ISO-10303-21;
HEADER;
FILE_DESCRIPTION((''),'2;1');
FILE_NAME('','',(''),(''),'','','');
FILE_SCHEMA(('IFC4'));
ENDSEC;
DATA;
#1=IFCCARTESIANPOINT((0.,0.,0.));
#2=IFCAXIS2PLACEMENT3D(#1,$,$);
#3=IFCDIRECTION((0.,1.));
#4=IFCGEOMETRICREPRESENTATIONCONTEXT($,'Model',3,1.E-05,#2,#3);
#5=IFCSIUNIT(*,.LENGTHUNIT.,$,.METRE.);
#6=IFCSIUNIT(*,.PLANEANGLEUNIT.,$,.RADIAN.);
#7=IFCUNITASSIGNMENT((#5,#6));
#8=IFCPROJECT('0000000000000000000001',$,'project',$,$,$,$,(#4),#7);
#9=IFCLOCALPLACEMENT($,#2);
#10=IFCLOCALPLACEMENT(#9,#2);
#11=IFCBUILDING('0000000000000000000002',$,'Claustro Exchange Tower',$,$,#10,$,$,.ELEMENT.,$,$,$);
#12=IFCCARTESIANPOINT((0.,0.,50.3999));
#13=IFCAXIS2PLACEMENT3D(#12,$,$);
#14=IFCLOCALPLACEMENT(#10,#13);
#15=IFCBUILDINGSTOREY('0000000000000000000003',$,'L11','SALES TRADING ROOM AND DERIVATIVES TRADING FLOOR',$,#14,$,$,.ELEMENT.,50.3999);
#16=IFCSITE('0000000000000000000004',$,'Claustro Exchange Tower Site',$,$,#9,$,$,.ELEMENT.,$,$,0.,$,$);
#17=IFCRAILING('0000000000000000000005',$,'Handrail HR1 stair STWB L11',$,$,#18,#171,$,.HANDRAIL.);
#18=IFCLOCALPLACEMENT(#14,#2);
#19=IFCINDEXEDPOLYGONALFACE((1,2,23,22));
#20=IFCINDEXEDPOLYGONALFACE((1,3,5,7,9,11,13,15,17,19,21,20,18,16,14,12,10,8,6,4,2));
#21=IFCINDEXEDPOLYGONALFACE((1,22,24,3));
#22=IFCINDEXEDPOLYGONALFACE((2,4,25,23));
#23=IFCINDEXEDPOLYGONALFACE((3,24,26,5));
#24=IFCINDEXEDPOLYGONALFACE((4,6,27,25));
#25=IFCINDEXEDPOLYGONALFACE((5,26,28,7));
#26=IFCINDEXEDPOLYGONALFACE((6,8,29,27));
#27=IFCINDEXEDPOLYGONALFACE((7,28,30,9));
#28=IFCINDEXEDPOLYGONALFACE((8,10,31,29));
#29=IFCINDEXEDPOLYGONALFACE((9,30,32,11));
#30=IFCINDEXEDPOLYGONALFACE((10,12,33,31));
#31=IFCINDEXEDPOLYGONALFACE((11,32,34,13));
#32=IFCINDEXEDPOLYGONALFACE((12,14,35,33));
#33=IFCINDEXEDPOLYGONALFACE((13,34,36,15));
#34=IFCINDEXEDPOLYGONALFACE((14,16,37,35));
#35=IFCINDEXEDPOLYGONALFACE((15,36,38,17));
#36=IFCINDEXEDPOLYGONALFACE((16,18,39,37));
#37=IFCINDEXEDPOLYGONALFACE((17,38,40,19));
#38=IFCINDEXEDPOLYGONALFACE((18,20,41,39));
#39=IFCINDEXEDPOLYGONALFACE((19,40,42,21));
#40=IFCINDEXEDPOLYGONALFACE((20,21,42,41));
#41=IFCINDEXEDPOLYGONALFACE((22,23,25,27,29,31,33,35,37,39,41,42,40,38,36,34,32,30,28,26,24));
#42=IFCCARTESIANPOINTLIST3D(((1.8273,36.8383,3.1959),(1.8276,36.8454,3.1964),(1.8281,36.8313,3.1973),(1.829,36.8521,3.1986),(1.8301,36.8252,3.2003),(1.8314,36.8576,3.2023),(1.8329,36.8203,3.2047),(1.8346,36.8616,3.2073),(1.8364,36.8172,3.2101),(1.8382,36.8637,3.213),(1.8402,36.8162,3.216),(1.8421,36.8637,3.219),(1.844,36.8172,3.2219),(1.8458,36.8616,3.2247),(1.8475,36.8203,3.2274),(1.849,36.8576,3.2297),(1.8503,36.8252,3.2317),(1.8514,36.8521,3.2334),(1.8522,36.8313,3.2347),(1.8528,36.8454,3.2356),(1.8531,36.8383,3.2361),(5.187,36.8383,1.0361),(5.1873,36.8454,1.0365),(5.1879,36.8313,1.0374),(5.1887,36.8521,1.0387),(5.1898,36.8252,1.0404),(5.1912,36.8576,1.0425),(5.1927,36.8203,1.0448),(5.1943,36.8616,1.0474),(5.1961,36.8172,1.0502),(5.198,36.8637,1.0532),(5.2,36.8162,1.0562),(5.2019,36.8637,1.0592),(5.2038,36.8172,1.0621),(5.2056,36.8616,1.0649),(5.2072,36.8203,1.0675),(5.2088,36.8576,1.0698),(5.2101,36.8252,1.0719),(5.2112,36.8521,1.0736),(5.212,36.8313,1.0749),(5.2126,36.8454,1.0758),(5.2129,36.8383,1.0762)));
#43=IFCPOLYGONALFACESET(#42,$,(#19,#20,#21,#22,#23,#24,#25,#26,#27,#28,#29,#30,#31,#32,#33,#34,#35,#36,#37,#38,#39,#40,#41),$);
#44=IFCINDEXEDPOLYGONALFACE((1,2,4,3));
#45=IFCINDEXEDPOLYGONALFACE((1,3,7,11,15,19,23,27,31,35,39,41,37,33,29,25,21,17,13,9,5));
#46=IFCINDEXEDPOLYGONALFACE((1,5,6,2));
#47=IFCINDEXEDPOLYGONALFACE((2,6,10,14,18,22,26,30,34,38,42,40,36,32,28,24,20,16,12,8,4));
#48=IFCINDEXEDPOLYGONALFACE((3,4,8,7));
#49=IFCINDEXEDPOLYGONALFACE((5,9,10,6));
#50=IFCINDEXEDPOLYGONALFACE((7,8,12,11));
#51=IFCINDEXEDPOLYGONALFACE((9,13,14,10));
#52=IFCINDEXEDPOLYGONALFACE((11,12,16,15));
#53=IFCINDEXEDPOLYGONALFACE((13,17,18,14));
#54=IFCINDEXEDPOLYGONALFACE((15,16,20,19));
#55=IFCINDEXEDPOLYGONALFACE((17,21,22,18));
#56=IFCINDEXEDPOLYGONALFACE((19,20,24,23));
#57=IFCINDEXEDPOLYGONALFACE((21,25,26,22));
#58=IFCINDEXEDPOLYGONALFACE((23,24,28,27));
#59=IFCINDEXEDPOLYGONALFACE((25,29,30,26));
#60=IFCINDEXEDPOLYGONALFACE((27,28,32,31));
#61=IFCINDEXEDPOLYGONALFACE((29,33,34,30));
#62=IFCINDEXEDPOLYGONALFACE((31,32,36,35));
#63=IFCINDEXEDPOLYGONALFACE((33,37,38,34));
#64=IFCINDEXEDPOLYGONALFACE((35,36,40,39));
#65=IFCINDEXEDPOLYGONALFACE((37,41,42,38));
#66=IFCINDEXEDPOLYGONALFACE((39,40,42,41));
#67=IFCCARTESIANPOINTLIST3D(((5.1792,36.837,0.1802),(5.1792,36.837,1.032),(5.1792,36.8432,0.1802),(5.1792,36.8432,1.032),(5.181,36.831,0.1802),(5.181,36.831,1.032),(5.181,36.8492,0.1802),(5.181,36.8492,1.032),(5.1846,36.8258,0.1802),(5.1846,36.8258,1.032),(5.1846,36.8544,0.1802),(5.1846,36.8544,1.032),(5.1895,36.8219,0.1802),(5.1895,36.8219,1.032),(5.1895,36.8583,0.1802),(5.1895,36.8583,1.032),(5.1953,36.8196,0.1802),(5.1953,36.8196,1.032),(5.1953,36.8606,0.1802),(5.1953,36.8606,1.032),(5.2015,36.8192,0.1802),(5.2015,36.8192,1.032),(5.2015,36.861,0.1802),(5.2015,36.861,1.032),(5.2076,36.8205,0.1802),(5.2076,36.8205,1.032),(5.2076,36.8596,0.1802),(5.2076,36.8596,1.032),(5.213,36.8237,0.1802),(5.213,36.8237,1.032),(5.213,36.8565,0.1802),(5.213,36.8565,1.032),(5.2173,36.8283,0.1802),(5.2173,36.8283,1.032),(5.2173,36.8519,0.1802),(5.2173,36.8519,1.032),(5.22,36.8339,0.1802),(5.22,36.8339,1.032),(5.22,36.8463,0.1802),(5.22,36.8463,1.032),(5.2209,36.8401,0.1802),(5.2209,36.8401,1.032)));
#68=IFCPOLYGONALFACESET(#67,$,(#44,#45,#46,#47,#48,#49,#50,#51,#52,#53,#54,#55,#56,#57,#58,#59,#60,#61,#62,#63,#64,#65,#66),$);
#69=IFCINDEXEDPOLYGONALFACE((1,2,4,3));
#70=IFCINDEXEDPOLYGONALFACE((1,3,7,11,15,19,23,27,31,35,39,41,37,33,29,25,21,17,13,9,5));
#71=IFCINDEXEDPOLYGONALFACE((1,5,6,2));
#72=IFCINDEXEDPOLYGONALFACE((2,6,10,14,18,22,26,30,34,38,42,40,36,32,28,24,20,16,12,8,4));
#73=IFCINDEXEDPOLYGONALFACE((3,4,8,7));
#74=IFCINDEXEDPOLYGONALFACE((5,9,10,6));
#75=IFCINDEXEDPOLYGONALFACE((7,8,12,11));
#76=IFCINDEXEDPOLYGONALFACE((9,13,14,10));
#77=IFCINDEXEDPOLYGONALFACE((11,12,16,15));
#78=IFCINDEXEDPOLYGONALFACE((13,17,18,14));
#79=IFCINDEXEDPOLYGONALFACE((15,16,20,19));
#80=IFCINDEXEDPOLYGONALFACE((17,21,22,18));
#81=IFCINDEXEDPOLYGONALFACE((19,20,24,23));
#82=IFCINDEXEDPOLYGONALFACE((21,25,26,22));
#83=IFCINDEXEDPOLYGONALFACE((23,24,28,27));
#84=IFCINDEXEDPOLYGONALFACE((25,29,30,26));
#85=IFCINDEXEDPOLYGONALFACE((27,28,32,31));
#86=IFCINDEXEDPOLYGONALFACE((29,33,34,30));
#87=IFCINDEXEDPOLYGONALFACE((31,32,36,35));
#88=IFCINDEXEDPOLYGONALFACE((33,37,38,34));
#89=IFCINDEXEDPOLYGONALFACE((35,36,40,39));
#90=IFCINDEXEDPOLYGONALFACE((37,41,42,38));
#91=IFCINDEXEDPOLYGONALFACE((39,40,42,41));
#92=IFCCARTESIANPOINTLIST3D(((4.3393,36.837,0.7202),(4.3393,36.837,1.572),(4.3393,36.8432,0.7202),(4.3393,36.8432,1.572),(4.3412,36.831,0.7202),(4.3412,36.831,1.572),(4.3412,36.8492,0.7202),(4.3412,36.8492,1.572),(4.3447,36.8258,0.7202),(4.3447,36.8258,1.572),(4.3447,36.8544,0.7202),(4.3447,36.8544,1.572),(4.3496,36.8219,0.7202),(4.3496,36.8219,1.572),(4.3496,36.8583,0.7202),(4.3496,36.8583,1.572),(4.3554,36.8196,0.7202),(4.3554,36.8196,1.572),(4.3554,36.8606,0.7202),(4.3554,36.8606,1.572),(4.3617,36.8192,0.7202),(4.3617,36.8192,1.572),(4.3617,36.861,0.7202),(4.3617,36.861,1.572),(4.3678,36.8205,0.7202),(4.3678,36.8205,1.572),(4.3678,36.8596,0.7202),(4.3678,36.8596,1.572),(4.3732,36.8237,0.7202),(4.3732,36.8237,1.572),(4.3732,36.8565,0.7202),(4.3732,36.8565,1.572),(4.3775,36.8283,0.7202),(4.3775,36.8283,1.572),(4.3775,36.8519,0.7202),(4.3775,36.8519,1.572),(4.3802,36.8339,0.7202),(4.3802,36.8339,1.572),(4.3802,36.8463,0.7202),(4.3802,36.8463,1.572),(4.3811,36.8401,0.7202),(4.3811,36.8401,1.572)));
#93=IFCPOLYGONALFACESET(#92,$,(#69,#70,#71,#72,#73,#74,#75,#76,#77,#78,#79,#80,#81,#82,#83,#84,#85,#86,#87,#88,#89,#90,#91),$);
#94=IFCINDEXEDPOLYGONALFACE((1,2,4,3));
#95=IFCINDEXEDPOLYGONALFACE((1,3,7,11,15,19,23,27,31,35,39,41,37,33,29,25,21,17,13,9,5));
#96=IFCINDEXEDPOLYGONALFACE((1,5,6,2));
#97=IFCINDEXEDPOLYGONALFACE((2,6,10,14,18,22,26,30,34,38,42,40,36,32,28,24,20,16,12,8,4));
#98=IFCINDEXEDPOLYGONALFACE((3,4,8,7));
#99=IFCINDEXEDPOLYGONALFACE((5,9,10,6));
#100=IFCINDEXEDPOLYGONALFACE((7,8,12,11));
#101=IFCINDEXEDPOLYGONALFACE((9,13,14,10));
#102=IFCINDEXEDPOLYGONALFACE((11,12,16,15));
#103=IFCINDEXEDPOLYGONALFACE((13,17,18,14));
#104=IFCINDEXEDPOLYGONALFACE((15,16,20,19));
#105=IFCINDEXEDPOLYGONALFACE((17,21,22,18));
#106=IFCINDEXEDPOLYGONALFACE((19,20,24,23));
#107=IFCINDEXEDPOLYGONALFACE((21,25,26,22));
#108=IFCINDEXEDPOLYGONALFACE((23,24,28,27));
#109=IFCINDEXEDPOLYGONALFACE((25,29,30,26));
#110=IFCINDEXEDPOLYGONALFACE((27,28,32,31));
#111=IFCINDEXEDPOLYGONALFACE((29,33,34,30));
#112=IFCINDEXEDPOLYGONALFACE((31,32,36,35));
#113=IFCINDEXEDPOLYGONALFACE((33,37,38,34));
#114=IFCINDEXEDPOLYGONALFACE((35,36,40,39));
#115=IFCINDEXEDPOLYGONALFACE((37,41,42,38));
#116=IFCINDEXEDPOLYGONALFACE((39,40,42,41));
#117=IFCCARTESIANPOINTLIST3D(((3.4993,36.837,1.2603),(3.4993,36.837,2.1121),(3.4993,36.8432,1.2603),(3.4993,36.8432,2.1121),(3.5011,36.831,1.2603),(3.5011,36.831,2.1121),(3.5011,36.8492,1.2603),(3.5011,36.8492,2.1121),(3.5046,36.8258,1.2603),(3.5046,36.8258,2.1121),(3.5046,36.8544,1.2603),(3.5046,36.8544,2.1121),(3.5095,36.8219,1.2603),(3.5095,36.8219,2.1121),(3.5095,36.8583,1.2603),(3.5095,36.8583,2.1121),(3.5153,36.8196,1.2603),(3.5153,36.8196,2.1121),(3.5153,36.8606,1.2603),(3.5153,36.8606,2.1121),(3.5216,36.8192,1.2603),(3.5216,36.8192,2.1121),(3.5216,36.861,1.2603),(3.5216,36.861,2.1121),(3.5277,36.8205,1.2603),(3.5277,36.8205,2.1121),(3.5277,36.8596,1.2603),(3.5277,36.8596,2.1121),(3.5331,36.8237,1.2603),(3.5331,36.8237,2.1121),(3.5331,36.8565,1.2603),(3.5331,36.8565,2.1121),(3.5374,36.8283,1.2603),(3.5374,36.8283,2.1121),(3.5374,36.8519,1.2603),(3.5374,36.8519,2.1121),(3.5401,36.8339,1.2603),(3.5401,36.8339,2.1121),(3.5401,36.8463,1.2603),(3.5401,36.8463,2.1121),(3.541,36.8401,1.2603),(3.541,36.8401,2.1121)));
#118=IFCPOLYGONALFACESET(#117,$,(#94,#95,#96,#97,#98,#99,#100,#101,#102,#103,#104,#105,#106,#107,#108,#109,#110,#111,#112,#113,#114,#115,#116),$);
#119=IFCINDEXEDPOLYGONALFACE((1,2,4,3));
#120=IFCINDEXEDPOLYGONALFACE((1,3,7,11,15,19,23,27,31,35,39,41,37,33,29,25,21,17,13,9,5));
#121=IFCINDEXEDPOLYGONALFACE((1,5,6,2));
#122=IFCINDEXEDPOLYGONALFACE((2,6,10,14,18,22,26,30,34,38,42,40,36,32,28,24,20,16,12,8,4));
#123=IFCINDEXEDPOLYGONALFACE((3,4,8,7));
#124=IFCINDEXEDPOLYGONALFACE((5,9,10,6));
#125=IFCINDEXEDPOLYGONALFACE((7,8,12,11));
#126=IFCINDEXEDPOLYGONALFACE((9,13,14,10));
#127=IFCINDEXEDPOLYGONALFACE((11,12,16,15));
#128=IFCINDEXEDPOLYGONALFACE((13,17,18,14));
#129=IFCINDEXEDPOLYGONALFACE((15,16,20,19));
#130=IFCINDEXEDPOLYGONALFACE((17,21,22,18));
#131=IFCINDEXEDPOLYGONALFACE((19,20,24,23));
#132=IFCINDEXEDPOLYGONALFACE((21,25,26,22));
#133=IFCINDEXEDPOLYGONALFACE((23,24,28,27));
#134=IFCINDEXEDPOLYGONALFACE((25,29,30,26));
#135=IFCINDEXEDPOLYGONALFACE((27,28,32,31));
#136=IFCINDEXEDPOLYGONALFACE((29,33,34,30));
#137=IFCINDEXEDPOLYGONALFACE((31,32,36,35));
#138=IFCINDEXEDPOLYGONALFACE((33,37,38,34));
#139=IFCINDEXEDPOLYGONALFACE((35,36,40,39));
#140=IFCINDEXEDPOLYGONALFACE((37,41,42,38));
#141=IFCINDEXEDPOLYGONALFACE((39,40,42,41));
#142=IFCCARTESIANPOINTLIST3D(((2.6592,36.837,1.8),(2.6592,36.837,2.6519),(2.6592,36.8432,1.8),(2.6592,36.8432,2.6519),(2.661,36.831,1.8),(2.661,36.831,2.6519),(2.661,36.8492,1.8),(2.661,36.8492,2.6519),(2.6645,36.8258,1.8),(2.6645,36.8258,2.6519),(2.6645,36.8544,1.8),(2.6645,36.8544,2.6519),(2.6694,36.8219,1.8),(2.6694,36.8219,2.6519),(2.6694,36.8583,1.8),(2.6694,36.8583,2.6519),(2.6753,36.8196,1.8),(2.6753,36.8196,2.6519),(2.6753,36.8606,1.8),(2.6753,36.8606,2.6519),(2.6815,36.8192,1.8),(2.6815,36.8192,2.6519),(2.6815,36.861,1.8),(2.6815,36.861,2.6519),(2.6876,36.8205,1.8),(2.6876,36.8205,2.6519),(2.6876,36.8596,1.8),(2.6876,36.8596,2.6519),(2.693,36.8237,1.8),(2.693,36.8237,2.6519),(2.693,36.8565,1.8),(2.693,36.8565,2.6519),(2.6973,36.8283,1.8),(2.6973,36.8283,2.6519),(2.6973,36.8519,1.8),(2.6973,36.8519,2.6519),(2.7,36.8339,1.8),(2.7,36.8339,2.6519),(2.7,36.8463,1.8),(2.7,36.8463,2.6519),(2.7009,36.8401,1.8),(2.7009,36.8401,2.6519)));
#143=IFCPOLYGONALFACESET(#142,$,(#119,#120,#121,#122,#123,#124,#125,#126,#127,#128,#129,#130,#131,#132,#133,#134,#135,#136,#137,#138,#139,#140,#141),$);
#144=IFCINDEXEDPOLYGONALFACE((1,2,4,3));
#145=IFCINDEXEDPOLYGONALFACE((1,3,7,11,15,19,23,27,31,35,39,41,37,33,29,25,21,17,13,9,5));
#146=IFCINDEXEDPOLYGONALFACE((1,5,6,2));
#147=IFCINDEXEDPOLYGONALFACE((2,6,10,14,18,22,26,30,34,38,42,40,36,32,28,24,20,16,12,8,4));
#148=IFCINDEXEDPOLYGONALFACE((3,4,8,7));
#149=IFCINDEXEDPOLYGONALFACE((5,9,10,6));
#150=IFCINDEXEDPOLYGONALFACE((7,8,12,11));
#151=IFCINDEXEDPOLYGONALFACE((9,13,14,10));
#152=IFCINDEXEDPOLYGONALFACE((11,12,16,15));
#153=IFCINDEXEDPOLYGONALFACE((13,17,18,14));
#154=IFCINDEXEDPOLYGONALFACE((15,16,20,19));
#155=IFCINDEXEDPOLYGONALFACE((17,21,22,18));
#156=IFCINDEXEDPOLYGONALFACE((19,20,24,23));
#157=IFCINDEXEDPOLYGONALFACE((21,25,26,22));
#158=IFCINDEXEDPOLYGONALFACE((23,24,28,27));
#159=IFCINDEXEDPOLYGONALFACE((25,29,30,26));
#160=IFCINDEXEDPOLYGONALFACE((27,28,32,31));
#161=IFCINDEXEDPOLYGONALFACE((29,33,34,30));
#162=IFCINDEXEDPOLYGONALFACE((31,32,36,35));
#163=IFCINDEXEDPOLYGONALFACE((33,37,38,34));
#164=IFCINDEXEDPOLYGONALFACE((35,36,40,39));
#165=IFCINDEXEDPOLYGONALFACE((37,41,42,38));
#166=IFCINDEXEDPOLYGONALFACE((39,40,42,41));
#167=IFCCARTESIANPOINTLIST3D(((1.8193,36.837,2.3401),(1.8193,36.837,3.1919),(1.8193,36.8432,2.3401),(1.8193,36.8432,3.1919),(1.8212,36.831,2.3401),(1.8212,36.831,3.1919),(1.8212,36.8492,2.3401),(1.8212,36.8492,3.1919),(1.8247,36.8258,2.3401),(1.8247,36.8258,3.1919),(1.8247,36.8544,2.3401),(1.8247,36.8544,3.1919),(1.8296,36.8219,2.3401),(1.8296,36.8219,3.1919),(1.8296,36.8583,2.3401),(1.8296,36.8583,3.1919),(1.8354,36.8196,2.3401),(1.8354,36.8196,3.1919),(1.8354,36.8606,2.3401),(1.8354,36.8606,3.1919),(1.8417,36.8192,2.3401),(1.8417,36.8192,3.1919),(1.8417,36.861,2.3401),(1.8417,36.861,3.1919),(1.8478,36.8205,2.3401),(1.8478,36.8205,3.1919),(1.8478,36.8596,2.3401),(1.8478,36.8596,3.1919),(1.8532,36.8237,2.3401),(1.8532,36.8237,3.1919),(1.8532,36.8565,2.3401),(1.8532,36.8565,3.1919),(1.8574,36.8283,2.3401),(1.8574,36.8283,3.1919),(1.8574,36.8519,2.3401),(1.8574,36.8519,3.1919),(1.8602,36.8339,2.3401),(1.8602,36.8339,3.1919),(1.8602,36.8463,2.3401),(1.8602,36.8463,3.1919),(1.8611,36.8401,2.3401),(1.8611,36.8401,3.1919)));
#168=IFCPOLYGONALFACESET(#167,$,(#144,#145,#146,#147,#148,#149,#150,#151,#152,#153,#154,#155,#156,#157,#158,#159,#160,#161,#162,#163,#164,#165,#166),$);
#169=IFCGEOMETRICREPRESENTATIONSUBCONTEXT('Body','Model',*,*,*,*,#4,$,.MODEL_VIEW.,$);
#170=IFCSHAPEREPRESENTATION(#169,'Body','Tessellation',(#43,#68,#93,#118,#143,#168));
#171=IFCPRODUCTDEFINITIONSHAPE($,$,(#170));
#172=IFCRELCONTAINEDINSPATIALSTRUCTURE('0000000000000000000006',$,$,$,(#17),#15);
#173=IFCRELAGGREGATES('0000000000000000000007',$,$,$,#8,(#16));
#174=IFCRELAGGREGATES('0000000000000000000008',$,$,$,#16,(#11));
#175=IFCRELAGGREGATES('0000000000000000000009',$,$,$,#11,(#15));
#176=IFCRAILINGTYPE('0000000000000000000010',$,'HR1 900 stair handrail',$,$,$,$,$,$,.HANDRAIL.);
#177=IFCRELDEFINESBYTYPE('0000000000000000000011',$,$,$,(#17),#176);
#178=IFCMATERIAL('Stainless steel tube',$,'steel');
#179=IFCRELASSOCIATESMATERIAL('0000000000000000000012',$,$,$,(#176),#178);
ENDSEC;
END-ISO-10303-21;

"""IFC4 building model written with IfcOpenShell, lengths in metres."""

from ifc_helpers import new_model, si_unit, direction, frame, origin, origin_2d, place, context, subcontext, project, spatial, circle, extrude, material, type_object, element, save


model = new_model("IFC4")

# Units and contexts
model_context = context("Model", 3, precision=1e-05, world=origin(), true_north=direction((0.0, 1.0)))
body_context = subcontext(model_context, "Body", "Model", "MODEL_VIEW")
ifc_project = project(units=[si_unit("LENGTHUNIT", "METRE"), si_unit("PLANEANGLEUNIT", "RADIAN")], contexts=[model_context])

# Site, building, storey
site_placement = place(None, origin())
site = spatial("IfcSite", under=ifc_project, at=site_placement, Name="Claustro Exchange Tower Site", CompositionType="ELEMENT", RefElevation=0.0)
building_placement = place(site_placement, origin())
building = spatial("IfcBuilding", under=site, at=building_placement, Name="Claustro Exchange Tower", CompositionType="ELEMENT")
storey_placement = place(building_placement, frame((0.0, 0.0, 50.3999)))
storey = spatial("IfcBuildingStorey", under=building, at=storey_placement, Name="L11", Description="SALES TRADING ROOM AND DERIVATIVES TRADING FLOOR", CompositionType="ELEMENT", Elevation=50.3999)

# Railing
ifc_material_1 = material(Name="Stainless steel tube", Category="steel")
railing_type_1 = type_object("IfcRailingType", Name="HR1 900 stair handrail", PredefinedType="HANDRAIL", material=ifc_material_1)
railing_1_placement = place(storey_placement, frame((5.2, 36.8401, 0.1802)))
element("IfcRailing", 1, at=railing_1_placement, inside=storey, type_object=railing_type_1, Name="Handrail HR1 stair STWB L11", PredefinedType="HANDRAIL", context=body_context, shape_type="SweptSolid", body=[
    extrude(circle(Radius=0.0239, at=origin_2d()), frame((0.0, 0.0, 0.876), z_axis=(-0.841178, 0.0, 0.540758), x_axis=(0.0, -1.0, 0.0)), (0.0, 0.0, 1.0), 3.9941),
    extrude(circle(Radius=0.021, at=origin_2d()), origin(), (0.0, 0.0, 1.0), 0.8518),
    extrude(circle(Radius=0.021, at=origin_2d()), frame((-0.8398, 0.0, 0.54)), (0.0, 0.0, 1.0), 0.8518),
    extrude(circle(Radius=0.021, at=origin_2d()), frame((-1.6799, 0.0, 1.0801)), (0.0, 0.0, 1.0), 0.8518),
    extrude(circle(Radius=0.021, at=origin_2d()), frame((-2.52, 0.0, 1.6199)), (0.0, 0.0, 1.0), 0.8518),
    extrude(circle(Radius=0.021, at=origin_2d()), frame((-3.3599, 0.0, 2.1599)), (0.0, 0.0, 1.0), 0.8518),
])

save(model, "model.ifc")
